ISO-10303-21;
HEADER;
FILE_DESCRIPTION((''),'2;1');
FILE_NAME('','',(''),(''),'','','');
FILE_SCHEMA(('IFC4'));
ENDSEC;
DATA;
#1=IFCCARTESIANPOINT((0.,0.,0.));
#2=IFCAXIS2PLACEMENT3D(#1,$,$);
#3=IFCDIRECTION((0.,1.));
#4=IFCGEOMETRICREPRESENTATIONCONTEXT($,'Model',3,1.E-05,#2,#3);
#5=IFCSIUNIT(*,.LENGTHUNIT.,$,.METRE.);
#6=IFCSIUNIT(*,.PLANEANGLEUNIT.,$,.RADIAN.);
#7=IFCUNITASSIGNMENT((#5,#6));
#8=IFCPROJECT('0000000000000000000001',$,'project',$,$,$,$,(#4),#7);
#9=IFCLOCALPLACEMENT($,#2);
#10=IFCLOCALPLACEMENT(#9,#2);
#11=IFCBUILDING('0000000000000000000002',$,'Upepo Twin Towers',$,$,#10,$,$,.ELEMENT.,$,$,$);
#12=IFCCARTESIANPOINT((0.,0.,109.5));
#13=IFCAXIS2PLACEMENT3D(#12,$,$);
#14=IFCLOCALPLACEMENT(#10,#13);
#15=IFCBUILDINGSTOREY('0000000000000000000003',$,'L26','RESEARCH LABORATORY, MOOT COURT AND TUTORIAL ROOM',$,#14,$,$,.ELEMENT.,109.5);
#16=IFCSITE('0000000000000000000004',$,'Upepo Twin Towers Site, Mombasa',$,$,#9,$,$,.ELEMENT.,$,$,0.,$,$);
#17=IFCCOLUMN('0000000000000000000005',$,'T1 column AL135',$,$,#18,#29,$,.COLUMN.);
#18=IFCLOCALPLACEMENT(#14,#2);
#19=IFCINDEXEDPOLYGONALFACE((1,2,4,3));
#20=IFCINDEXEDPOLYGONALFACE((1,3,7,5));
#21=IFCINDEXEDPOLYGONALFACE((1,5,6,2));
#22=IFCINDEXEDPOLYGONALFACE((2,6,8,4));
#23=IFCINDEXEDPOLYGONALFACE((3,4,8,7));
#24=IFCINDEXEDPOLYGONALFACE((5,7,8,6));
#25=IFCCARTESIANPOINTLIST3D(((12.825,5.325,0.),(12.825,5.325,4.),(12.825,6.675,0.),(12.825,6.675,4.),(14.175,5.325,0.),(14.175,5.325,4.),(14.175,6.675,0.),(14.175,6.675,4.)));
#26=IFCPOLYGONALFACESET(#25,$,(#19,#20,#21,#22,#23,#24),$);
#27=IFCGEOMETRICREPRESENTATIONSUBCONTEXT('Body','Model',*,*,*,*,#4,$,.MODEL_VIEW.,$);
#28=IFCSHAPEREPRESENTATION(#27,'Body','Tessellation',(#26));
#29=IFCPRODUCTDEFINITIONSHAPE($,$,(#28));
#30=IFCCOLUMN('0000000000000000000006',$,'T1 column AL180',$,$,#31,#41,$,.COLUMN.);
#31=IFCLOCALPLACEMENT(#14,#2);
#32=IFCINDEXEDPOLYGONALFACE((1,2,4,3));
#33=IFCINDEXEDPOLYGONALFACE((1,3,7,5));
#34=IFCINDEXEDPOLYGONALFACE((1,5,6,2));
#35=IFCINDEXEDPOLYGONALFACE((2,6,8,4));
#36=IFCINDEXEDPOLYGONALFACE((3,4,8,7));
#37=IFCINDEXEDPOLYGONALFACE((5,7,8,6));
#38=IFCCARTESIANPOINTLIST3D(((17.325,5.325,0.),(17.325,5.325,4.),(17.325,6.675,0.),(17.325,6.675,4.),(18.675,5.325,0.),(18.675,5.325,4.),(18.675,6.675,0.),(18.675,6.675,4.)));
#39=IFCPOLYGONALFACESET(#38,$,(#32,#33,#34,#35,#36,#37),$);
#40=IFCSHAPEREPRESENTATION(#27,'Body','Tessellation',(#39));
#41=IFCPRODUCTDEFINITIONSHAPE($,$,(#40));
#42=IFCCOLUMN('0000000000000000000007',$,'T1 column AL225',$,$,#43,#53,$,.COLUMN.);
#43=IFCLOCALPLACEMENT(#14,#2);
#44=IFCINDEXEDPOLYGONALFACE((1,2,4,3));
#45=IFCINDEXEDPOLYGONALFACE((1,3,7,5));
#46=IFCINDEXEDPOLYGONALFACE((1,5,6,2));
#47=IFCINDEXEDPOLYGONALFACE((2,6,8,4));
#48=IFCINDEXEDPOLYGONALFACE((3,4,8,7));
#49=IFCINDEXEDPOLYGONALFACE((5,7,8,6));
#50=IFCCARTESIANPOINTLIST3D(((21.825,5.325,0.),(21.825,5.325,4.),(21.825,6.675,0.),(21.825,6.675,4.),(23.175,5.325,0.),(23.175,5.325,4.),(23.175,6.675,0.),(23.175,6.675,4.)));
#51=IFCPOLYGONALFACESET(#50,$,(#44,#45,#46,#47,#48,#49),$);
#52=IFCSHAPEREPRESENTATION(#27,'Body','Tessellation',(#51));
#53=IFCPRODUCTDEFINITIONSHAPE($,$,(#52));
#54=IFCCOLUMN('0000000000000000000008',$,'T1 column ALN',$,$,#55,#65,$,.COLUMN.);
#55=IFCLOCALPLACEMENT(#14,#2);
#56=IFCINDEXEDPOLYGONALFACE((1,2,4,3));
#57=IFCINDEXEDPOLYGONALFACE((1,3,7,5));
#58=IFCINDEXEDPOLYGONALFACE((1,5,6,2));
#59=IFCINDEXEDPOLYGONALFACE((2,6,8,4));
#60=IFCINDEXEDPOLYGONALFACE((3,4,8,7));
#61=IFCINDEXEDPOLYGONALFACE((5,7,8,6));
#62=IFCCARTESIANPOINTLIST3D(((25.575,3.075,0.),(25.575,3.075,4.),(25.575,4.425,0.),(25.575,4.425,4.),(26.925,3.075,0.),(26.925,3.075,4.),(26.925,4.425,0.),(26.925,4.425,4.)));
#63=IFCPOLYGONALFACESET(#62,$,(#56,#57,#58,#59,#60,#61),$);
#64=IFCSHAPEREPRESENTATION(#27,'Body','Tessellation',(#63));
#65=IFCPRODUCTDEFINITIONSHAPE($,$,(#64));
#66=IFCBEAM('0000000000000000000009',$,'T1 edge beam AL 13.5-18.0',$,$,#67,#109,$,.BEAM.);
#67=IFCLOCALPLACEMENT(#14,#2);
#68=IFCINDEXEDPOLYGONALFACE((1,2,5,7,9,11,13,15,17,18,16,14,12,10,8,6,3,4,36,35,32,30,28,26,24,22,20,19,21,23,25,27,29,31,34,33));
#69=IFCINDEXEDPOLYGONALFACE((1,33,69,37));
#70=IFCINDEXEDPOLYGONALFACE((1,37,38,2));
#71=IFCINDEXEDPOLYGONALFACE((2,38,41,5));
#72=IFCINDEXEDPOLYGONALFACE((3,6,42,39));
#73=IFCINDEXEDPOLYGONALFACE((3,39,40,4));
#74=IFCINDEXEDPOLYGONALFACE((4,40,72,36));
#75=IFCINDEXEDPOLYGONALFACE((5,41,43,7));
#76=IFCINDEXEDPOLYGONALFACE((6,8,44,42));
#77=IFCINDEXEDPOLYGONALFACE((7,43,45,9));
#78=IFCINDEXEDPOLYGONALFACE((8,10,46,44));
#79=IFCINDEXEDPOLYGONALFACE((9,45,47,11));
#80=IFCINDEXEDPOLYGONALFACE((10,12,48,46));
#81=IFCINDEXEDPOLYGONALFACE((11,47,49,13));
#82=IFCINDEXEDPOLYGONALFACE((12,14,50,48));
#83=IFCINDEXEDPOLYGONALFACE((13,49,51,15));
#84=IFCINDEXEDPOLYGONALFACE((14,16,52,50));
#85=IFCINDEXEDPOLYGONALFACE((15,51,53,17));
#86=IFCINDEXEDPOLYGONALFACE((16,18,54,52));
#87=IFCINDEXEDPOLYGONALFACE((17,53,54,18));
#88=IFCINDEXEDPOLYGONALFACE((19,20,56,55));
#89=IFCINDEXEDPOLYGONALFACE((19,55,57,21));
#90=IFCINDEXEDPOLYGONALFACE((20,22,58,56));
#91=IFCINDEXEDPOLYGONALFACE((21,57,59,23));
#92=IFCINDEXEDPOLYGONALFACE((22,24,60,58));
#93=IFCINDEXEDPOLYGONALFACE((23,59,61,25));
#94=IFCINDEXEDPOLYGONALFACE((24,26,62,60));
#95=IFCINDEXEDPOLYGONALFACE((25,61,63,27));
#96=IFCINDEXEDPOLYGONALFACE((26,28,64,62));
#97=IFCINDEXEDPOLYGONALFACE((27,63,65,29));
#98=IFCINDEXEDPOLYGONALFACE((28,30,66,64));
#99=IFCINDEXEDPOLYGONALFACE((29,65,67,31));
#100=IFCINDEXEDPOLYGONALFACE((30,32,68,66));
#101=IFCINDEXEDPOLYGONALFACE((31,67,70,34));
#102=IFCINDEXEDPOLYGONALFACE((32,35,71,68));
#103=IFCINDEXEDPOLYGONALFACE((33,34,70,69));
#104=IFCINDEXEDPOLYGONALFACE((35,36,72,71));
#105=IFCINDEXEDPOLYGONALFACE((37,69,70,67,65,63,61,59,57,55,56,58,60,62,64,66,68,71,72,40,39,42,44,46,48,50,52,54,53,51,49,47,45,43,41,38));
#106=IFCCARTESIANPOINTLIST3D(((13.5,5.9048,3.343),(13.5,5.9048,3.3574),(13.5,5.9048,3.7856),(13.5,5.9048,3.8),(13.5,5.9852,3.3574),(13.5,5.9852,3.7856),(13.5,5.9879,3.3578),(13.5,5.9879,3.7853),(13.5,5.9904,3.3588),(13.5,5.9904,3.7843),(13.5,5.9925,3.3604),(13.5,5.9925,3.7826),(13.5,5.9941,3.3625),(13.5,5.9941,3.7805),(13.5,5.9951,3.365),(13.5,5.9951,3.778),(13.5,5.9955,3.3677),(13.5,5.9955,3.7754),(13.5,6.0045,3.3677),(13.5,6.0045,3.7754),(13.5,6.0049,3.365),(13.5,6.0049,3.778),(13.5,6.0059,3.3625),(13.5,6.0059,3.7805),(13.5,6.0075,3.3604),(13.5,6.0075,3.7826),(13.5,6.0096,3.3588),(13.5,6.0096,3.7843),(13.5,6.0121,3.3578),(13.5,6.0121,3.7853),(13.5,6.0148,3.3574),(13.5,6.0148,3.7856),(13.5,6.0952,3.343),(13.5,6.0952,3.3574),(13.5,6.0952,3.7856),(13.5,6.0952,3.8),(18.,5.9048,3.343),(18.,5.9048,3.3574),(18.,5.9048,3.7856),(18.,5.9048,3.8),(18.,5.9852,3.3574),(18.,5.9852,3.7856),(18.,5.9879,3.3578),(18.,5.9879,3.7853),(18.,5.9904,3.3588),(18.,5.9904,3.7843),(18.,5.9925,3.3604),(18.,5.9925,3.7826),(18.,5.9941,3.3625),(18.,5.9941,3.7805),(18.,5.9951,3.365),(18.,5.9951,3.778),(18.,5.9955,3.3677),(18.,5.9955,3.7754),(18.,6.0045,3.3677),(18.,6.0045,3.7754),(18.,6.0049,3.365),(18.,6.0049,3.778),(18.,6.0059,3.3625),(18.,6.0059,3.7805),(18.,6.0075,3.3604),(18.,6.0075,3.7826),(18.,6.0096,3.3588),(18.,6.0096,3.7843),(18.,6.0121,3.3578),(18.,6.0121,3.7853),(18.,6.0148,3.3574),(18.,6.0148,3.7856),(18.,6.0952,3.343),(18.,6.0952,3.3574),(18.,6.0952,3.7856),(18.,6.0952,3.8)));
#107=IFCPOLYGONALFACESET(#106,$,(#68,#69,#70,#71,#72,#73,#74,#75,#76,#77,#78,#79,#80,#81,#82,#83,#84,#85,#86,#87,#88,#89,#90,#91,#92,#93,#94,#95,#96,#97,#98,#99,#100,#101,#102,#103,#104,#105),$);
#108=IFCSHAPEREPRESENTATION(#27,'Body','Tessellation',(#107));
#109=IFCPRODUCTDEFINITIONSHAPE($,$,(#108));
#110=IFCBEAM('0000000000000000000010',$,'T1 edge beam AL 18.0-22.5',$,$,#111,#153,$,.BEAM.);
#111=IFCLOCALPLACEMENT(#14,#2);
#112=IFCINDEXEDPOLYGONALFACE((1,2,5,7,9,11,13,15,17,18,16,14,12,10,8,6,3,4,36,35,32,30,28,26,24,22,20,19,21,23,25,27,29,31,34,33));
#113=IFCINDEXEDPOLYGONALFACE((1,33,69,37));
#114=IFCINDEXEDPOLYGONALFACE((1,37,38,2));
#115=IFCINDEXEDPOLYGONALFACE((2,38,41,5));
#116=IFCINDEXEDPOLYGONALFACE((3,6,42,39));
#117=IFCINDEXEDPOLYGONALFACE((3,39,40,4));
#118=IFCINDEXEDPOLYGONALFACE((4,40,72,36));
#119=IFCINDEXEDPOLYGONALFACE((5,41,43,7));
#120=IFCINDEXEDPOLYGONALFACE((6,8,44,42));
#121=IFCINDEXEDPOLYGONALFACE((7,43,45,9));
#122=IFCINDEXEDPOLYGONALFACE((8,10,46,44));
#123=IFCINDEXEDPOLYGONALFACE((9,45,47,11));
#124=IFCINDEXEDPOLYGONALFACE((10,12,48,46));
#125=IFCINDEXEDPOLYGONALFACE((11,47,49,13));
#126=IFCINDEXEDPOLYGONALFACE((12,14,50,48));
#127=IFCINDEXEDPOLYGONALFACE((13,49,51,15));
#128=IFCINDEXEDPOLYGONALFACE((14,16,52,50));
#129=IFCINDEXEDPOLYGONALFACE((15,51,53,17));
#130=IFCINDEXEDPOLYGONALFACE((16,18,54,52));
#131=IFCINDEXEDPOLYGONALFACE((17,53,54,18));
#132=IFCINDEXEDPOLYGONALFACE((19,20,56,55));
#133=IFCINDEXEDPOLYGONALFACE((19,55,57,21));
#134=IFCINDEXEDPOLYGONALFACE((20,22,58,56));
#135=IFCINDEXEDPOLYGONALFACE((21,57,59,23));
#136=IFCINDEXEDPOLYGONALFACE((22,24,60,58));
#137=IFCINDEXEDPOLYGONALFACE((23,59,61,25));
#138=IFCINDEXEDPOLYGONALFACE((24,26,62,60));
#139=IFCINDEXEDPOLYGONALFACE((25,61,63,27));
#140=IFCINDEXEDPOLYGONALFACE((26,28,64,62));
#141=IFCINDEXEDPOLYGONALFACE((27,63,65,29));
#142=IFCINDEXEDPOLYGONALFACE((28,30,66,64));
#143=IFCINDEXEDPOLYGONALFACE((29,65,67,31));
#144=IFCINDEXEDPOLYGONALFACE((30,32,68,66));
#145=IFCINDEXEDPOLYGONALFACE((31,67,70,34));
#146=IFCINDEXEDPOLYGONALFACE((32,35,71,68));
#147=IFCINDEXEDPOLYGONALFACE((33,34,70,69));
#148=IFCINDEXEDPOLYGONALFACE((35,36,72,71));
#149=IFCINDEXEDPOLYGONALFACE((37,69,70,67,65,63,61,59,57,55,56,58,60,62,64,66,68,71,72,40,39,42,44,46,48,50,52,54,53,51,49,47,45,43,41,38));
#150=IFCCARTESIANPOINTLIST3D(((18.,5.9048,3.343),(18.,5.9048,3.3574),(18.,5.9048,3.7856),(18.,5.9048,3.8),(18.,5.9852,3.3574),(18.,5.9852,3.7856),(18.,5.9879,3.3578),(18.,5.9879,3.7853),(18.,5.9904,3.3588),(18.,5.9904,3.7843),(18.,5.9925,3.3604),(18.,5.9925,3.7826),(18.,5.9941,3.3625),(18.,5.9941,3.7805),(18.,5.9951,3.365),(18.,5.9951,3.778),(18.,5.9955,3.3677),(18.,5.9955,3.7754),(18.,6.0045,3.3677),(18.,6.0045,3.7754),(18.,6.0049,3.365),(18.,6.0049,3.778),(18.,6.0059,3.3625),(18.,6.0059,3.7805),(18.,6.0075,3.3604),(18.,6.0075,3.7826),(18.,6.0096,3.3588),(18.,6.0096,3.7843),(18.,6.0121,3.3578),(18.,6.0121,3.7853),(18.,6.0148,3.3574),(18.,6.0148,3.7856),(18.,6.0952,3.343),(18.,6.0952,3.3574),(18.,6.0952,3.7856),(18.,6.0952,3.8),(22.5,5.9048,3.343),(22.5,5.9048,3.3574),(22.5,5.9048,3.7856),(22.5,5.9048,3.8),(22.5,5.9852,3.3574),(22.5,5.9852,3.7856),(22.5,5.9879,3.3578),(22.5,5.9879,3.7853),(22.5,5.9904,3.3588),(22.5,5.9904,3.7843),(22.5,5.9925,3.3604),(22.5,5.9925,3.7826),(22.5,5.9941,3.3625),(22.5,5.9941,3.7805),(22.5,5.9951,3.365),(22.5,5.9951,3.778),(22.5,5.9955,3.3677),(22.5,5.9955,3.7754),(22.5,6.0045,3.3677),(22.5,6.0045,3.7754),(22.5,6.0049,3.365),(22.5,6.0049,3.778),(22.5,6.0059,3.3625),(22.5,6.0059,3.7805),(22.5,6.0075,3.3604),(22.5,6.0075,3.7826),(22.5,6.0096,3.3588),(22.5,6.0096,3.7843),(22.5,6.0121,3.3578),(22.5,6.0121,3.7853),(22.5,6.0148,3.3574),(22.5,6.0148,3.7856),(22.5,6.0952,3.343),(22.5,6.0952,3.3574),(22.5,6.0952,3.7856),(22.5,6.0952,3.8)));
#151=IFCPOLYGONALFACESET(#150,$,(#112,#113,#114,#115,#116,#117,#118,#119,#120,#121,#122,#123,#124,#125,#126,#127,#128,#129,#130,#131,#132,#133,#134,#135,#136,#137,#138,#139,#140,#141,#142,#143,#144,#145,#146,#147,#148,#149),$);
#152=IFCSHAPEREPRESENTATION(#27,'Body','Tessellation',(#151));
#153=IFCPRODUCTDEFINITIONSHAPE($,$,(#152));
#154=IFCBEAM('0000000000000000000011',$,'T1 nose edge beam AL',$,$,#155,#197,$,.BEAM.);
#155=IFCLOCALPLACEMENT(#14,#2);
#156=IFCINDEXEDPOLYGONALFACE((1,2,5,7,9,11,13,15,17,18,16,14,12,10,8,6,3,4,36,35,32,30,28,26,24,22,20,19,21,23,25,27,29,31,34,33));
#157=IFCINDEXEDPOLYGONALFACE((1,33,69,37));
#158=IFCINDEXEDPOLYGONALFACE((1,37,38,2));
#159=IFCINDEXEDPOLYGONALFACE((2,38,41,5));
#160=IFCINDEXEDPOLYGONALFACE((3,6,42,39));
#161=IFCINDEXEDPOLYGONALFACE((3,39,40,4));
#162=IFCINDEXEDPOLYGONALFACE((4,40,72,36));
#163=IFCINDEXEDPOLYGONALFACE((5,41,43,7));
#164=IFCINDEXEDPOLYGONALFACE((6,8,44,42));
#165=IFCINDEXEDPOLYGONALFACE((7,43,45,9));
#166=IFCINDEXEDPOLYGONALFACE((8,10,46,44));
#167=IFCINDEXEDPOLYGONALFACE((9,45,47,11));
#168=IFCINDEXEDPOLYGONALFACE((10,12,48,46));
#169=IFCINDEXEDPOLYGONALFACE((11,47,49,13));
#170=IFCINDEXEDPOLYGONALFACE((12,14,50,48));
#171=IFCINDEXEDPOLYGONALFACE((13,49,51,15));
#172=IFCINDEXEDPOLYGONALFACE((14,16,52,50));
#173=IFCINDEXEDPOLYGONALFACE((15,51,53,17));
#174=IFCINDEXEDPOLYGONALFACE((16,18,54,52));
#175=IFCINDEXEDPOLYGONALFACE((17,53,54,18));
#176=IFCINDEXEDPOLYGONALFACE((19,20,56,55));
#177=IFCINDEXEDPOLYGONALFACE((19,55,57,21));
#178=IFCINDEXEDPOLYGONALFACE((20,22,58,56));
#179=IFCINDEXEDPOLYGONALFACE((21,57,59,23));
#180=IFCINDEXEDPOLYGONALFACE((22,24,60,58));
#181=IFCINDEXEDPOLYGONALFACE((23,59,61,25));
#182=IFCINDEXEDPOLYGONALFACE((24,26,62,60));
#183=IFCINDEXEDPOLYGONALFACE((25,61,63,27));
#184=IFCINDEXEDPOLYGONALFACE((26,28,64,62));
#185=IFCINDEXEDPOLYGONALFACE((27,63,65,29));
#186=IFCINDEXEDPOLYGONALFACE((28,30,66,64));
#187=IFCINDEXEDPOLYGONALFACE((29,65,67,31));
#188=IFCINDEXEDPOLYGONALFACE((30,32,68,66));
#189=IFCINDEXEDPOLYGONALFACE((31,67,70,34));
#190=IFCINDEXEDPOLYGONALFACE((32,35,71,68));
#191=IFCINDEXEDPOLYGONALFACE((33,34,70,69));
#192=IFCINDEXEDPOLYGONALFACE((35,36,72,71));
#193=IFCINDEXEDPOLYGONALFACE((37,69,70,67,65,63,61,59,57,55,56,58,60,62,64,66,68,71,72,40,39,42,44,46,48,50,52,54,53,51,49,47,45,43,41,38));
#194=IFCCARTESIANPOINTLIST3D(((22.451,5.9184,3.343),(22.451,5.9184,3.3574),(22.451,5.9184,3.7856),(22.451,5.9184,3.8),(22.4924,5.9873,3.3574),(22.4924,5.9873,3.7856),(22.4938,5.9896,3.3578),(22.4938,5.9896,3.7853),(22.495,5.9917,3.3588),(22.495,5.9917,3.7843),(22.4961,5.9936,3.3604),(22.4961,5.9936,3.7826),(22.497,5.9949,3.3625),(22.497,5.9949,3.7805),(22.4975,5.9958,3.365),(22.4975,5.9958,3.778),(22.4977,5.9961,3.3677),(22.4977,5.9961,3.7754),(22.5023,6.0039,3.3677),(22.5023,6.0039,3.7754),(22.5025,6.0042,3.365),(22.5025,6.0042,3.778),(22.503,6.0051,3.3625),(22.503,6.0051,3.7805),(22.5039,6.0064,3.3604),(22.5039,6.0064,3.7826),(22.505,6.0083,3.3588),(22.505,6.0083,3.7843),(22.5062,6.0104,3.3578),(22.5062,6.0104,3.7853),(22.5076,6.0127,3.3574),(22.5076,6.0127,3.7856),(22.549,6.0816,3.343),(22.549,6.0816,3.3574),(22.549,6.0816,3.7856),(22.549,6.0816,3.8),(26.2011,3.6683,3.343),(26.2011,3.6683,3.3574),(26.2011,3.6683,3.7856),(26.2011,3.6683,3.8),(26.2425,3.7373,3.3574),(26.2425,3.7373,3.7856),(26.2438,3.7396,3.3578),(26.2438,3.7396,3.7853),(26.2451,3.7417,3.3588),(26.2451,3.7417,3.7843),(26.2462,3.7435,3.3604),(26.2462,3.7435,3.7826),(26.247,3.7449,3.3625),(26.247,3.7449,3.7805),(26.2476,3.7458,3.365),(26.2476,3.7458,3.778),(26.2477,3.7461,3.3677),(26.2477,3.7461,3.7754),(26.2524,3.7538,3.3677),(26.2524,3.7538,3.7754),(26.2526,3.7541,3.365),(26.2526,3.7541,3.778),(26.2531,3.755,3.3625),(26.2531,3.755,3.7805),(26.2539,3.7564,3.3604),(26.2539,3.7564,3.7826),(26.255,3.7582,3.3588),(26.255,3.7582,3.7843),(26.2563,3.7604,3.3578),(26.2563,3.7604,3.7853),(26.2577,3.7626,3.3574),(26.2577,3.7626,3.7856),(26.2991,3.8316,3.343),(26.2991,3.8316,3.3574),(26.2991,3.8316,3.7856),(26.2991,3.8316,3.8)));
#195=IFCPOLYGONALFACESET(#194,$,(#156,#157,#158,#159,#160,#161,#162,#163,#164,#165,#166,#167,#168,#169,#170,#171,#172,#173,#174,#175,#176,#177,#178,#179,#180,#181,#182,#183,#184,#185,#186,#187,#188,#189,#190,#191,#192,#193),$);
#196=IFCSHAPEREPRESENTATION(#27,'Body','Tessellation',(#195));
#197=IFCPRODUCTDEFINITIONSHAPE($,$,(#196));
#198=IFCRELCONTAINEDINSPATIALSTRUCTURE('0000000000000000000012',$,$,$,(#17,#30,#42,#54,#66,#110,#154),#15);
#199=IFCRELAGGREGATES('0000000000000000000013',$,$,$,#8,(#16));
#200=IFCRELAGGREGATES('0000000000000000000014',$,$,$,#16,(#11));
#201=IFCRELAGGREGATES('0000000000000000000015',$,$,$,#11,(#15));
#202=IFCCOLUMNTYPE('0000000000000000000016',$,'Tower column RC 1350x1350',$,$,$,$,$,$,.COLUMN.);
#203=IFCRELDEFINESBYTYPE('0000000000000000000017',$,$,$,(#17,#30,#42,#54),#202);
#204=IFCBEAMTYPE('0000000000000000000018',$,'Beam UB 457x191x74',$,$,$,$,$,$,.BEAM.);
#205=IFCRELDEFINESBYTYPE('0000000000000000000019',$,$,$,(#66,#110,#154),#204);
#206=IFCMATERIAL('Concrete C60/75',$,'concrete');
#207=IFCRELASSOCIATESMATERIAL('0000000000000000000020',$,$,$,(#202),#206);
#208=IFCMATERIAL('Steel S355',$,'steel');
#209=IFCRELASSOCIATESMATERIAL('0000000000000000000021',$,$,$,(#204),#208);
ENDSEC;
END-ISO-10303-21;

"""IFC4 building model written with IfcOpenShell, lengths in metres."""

from ifc_helpers import new_model, si_unit, direction, frame, origin, origin_2d, place, context, subcontext, project, spatial, rectangle, i_section, extrude, material, material_profile, profile_set, type_object, element, save


model = new_model("IFC4")

# Units and contexts
model_context = context("Model", 3, precision=1e-05, world=origin(), true_north=direction((0.0, 1.0)))
body_context = subcontext(model_context, "Body", "Model", "MODEL_VIEW")
ifc_project = project(units=[si_unit("LENGTHUNIT", "METRE"), si_unit("PLANEANGLEUNIT", "RADIAN")], contexts=[model_context])

# Site, building, storey
site_placement = place(None, origin())
site = spatial("IfcSite", under=ifc_project, at=site_placement, Name="Upepo Twin Towers Site, Mombasa", CompositionType="ELEMENT", RefElevation=0.0)
building_placement = place(site_placement, origin())
building = spatial("IfcBuilding", under=site, at=building_placement, Name="Upepo Twin Towers", CompositionType="ELEMENT")
storey_placement = place(building_placement, frame((0.0, 0.0, 109.5)))
storey = spatial("IfcBuildingStorey", under=building, at=storey_placement, Name="L26", Description="RESEARCH LABORATORY, MOOT COURT AND TUTORIAL ROOM", CompositionType="ELEMENT", Elevation=109.5)

# Columns
ifc_material_1 = material(Name="Concrete C60/75", Category="concrete")
ifc_material_profile_1 = material_profile(ifc_material_1, rectangle(XDim=1.3501, YDim=1.3501, at=origin_2d()), Name="RC 1350x1350")
ifc_profile_set_1 = profile_set([ifc_material_profile_1], Name="Concrete C60/75")
column_type = type_object("IfcColumnType", Name="Tower column RC 1350x1350", PredefinedType="COLUMN", material=ifc_profile_set_1)
for number, where, z_axis, x_axis, name in (
    (1, (13.5, 6.0, 0.0), (0.0, 0.0, 1.0), (1.0, 0.0, 0.0), "T1 column AL135"),
    (2, (18.0, 6.0, 0.0), (0.0, 0.0, 1.0), (1.0, 0.0, 0.0), "T1 column AL180"),
    (3, (22.5, 6.0, 0.0), (0.0, 0.0, 1.0), (1.0, 0.0, 0.0), "T1 column AL225"),
    (4, (26.25, 3.75, 0.0), (0.0, 0.0, 1.0), (1.0, 0.0, 0.0), "T1 column ALN"),
):
    element("IfcColumn", number, at=place(storey_placement, frame(where, z_axis=z_axis, x_axis=x_axis)), inside=storey, type_object=column_type, Name=name, PredefinedType="COLUMN", context=body_context, shape_type="SweptSolid", body=[
        extrude(rectangle(XDim=1.3501, YDim=1.3501, at=origin_2d()), origin(), (0.0, 0.0, 1.0), 4.0),
    ])

# Beams
ifc_material_2 = material(Name="Steel S355", Category="steel")
ifc_material_profile_2 = material_profile(ifc_material_2, i_section(OverallWidth=0.1904, OverallDepth=0.457, WebThickness=0.009, FlangeThickness=0.0144, FilletRadius=0.0103, at=origin_2d()), Name="UB 457x191x74")
ifc_profile_set_2 = profile_set([ifc_material_profile_2], Name="Steel S355")
beam_type_1 = type_object("IfcBeamType", Name="Beam UB 457x191x74", PredefinedType="BEAM", material=ifc_profile_set_2)
for number, where, z_axis, x_axis, name in (
    (5, (13.5, 6.0, 3.5715), (1.0, 0.0, 0.0), (0.0, 1.0, 0.0), "T1 edge beam AL 13.5-18.0"),
    (6, (18.0, 6.0, 3.5715), (1.0, 0.0, 0.0), (0.0, 1.0, 0.0), "T1 edge beam AL 18.0-22.5"),
):
    element("IfcBeam", number, at=place(storey_placement, frame(where, z_axis=z_axis, x_axis=x_axis)), inside=storey, type_object=beam_type_1, Name=name, PredefinedType="BEAM", context=body_context, shape_type="SweptSolid", body=[
        extrude(i_section(OverallWidth=0.1904, OverallDepth=0.457, WebThickness=0.009, FlangeThickness=0.0144, FilletRadius=0.0103, at=origin_2d()), origin(), (0.0, 0.0, 1.0), 4.5),
    ])
beam_1_placement = place(storey_placement, frame((22.5, 6.0, 3.5715), z_axis=(0.857493, -0.514496, 0.0), x_axis=(0.514496, 0.857493, 0.0)))
element("IfcBeam", 7, at=beam_1_placement, inside=storey, type_object=beam_type_1, Name="T1 nose edge beam AL", PredefinedType="BEAM", context=body_context, shape_type="SweptSolid", body=[
    extrude(i_section(OverallWidth=0.1904, OverallDepth=0.457, WebThickness=0.009, FlangeThickness=0.0144, FilletRadius=0.0103, at=origin_2d()), origin(), (0.0, 0.0, 1.0), 4.3733),
])

save(model, "model.ifc")
